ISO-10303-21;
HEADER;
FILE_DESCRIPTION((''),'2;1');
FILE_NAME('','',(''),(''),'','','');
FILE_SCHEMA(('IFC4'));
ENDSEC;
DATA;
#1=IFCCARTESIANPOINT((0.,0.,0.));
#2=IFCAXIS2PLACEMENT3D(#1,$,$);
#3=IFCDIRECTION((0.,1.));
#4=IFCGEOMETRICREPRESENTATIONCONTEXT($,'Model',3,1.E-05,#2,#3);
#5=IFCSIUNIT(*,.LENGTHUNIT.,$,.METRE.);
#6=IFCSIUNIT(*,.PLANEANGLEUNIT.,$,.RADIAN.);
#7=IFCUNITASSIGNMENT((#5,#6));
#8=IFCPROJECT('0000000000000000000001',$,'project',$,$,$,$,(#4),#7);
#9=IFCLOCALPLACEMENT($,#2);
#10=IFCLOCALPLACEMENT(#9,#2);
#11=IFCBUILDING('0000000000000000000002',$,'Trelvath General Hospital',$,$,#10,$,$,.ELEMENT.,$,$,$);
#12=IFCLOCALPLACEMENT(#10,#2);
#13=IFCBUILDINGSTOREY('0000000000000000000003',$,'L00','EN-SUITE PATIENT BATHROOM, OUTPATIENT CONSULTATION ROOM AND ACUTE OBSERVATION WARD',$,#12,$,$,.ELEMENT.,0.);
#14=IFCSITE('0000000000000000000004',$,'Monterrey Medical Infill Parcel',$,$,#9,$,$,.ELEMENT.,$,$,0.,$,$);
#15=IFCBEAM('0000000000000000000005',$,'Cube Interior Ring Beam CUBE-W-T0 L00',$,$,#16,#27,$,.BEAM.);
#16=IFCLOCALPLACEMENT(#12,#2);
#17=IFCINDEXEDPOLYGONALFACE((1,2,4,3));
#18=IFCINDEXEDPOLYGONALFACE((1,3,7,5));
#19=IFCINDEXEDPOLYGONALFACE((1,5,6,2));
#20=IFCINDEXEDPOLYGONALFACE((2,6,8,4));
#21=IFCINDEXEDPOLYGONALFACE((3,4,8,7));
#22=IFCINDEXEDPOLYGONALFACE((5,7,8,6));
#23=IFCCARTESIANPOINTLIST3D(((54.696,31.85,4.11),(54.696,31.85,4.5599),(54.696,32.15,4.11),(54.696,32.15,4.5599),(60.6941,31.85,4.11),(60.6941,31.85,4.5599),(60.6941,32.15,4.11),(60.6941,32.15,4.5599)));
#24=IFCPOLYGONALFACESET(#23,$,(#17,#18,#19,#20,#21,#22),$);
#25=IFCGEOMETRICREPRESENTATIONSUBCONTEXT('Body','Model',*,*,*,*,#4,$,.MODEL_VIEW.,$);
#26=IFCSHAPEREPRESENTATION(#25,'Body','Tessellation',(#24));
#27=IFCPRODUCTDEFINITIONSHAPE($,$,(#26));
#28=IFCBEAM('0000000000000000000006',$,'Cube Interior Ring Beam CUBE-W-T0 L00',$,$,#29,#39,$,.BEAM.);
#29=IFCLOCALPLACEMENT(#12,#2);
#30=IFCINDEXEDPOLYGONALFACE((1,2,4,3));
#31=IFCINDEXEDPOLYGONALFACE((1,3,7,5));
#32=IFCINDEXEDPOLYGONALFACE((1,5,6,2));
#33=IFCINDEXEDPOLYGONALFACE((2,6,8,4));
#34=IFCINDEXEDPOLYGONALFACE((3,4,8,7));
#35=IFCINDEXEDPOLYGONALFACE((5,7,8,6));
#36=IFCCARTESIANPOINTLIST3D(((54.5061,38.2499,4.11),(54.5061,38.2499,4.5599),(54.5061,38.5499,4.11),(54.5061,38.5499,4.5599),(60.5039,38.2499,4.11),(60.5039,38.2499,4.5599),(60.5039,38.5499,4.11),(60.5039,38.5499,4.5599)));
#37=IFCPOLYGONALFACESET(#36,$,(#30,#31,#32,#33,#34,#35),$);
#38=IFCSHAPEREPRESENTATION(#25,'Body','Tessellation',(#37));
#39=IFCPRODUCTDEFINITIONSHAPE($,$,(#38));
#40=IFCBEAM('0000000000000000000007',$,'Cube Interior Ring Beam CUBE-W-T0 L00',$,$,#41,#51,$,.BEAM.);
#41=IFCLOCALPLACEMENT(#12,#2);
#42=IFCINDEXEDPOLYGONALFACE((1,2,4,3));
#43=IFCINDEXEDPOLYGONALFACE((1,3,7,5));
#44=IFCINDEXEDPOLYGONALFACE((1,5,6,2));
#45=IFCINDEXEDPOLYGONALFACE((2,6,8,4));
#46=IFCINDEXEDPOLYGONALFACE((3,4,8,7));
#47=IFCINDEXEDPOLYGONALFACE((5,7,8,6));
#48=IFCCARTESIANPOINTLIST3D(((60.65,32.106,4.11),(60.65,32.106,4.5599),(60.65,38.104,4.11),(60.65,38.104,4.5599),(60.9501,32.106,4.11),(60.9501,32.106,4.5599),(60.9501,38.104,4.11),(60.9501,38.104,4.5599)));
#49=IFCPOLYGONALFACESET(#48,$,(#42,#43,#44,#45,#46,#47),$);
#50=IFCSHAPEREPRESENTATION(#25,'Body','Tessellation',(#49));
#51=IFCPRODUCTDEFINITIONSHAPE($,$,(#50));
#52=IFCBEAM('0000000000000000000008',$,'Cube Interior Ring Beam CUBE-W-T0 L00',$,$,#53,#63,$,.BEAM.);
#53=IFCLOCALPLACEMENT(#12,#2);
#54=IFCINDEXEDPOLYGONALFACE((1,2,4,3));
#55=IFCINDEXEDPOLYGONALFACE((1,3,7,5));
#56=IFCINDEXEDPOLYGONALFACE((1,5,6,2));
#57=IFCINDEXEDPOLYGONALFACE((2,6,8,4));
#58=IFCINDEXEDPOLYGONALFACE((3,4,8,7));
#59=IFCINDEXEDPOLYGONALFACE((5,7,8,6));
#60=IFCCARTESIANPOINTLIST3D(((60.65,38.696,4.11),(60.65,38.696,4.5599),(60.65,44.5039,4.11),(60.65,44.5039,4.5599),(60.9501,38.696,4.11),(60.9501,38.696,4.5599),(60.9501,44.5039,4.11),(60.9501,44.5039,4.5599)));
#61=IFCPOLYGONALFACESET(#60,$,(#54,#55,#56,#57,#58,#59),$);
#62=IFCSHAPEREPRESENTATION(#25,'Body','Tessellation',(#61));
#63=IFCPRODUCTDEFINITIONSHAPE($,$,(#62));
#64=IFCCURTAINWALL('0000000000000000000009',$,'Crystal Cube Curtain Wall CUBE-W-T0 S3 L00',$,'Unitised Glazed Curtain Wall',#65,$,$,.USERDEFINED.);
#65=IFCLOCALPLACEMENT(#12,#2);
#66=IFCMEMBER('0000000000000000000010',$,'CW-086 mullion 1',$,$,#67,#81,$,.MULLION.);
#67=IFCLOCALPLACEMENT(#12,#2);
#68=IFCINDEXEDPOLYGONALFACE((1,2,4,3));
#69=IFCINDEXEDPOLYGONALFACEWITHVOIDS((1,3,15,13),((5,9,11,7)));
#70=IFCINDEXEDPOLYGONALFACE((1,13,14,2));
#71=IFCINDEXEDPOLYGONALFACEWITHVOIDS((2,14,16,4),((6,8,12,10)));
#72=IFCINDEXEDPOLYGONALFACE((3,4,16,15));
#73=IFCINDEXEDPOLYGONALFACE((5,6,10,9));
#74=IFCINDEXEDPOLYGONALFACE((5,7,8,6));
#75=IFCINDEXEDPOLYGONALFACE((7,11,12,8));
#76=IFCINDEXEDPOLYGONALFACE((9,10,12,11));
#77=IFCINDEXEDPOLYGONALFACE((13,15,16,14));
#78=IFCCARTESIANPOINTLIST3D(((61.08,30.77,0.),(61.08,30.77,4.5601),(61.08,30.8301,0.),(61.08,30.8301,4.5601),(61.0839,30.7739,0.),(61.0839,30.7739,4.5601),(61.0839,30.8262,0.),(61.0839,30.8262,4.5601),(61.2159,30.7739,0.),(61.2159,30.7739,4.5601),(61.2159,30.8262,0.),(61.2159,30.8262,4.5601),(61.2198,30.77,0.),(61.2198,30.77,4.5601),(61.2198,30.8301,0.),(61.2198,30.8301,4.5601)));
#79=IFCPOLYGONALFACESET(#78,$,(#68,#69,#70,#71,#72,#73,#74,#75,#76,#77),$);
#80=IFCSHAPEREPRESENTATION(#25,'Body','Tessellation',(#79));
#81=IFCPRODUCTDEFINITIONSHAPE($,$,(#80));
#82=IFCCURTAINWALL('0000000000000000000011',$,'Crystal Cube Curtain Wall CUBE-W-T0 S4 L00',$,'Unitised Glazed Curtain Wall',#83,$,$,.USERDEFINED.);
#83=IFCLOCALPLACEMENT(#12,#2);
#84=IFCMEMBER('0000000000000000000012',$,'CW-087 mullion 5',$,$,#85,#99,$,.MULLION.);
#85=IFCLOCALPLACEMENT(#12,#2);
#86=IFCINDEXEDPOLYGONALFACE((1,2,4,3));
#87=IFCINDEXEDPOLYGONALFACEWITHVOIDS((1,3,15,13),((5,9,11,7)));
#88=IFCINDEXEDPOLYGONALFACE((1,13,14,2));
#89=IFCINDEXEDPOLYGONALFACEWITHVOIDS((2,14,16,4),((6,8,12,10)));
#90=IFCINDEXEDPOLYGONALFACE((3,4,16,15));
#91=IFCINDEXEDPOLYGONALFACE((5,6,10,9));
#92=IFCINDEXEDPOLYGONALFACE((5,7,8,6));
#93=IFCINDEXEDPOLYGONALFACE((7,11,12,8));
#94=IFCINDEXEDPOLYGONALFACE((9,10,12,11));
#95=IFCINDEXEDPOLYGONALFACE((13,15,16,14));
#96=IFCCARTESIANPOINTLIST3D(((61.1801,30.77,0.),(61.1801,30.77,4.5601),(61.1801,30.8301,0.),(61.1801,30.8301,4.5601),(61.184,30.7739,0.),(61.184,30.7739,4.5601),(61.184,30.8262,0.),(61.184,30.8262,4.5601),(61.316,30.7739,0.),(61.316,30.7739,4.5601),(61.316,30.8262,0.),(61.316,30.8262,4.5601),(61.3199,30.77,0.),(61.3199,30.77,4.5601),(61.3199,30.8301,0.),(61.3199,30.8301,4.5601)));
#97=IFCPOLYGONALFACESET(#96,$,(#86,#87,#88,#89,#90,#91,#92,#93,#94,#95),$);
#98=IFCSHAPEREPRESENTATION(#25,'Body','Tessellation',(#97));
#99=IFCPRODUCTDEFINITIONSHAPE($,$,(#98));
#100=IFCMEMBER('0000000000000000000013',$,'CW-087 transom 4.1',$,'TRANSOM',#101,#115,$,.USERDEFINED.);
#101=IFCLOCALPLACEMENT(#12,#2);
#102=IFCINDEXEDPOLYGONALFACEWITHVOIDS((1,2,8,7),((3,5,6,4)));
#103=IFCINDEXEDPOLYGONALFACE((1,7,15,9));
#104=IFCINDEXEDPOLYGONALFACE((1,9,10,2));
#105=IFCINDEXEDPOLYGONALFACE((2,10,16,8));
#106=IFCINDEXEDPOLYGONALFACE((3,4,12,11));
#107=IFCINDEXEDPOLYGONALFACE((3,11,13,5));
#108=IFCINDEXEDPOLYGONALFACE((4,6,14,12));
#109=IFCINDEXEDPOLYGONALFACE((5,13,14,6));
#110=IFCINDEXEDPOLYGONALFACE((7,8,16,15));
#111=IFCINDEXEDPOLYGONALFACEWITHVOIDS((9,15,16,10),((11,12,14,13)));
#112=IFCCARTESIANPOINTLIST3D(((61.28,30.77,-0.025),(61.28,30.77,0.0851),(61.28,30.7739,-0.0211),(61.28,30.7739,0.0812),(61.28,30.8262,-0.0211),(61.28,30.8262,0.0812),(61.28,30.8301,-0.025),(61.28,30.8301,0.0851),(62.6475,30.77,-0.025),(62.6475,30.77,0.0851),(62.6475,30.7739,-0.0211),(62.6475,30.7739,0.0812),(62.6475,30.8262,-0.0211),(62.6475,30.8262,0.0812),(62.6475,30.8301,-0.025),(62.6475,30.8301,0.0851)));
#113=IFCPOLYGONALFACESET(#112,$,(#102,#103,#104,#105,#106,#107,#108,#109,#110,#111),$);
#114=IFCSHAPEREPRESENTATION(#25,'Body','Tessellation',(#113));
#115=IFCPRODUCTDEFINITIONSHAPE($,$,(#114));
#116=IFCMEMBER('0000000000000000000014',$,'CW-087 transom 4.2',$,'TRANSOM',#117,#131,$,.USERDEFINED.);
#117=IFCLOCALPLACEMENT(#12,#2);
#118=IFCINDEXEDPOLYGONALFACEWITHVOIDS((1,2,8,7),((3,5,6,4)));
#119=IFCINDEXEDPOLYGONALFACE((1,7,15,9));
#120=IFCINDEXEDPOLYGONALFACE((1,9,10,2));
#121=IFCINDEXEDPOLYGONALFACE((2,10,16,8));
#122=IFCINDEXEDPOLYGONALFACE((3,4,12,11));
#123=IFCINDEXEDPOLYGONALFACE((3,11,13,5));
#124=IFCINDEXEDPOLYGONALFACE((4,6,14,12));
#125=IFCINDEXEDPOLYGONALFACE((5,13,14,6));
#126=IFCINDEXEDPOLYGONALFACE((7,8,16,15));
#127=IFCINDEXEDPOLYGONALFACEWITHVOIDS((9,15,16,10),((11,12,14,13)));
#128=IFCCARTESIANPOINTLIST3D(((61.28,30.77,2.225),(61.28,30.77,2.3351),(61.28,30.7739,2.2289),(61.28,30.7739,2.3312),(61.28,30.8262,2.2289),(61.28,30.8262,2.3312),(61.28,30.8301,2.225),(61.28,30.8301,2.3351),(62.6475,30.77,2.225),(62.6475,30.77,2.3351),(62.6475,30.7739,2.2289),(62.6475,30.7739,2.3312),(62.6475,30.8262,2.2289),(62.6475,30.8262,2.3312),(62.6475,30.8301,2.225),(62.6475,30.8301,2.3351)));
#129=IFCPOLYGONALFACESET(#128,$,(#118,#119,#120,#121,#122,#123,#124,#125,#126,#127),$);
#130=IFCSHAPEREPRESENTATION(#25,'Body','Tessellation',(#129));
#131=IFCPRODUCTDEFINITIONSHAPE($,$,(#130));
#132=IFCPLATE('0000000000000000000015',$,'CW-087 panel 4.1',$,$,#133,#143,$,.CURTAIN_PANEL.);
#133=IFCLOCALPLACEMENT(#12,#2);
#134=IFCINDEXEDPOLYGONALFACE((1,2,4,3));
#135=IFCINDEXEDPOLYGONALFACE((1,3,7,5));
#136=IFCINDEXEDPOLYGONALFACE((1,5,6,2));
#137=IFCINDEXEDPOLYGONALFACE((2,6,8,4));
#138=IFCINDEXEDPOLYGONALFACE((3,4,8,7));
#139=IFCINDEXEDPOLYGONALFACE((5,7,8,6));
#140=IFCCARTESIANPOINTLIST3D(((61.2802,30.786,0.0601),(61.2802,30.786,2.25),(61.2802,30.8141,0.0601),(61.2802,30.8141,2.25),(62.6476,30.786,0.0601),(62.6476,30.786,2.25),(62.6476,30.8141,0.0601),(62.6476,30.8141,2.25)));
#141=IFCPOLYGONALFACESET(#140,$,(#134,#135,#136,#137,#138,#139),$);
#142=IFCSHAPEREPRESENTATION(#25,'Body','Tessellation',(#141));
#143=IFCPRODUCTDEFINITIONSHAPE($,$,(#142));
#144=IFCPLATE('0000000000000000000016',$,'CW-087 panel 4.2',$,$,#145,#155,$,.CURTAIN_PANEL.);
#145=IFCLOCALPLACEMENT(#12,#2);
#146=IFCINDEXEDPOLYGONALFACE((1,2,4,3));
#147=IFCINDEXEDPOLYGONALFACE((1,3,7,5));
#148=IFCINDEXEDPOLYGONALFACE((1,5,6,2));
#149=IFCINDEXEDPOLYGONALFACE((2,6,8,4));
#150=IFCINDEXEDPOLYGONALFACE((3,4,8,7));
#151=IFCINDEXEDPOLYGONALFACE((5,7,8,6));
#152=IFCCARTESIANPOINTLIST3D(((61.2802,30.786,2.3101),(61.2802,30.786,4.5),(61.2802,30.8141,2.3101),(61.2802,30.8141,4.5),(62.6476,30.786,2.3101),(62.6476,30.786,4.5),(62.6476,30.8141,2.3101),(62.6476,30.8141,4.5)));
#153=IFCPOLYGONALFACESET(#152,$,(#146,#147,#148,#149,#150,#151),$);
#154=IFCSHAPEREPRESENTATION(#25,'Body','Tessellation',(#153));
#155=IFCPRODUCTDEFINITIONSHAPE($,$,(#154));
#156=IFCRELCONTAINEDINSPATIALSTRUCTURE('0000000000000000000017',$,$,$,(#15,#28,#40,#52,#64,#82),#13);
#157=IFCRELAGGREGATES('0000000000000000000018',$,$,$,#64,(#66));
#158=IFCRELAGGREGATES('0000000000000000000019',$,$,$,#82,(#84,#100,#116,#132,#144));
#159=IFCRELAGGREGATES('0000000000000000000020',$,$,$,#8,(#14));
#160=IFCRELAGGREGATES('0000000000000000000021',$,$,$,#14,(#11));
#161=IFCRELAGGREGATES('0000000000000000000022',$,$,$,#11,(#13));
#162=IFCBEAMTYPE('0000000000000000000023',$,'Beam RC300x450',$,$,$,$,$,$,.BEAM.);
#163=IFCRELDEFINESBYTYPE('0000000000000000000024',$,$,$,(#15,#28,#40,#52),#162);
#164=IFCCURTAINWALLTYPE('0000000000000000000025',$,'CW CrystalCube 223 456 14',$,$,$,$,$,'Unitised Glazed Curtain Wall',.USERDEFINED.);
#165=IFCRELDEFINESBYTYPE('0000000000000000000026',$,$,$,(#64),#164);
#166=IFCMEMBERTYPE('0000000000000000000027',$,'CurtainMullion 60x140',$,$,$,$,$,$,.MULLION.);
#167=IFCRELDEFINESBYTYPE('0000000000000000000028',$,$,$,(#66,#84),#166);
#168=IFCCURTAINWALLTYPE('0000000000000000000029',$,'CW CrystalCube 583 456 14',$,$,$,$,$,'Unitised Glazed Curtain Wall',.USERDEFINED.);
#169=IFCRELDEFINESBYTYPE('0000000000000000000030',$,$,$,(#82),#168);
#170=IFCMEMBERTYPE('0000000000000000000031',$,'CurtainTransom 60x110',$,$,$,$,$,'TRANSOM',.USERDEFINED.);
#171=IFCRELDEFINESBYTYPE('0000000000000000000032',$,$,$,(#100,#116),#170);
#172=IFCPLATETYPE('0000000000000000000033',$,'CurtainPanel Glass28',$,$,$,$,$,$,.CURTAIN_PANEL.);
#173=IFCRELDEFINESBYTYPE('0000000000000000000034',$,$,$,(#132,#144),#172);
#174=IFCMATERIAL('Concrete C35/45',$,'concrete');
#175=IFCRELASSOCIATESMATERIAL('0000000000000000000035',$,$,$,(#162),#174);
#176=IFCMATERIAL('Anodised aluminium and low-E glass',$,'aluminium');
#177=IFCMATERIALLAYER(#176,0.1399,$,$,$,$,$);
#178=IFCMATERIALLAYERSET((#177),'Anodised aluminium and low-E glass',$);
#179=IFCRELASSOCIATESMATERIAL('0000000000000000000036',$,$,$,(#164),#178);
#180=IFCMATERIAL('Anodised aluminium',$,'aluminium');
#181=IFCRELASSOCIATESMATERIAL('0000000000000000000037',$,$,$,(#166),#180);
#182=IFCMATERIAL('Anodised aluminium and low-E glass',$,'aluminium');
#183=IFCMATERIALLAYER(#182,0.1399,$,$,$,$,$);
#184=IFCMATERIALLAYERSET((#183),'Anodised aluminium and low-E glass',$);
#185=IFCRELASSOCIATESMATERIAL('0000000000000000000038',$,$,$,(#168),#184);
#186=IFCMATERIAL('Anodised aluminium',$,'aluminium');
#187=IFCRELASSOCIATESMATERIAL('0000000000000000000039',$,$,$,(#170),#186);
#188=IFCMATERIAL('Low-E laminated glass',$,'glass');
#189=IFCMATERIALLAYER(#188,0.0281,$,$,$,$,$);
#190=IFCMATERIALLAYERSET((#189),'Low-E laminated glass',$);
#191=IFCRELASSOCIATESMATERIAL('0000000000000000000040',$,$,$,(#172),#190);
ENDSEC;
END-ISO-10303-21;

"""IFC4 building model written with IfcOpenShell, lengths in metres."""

from ifc_helpers import new_model, si_unit, direction, frame, origin, origin_2d, place, context, subcontext, project, spatial, rectangle, hollow_rectangle, extrude, material, layer, layer_set, material_profile, profile_set, type_object, element, aggregate, save


model = new_model("IFC4")

# Units and contexts
model_context = context("Model", 3, precision=1e-05, world=origin(), true_north=direction((0.0, 1.0)))
body_context = subcontext(model_context, "Body", "Model", "MODEL_VIEW")
ifc_project = project(units=[si_unit("LENGTHUNIT", "METRE"), si_unit("PLANEANGLEUNIT", "RADIAN")], contexts=[model_context])

# Site, building, storey
site_placement = place(None, origin())
site = spatial("IfcSite", under=ifc_project, at=site_placement, Name="Monterrey Medical Infill Parcel", CompositionType="ELEMENT", RefElevation=0.0)
building_placement = place(site_placement, origin())
building = spatial("IfcBuilding", under=site, at=building_placement, Name="Trelvath General Hospital", CompositionType="ELEMENT")
storey_placement = place(building_placement, origin())
storey = spatial("IfcBuildingStorey", under=building, at=storey_placement, Name="L00", Description="EN-SUITE PATIENT BATHROOM, OUTPATIENT CONSULTATION ROOM AND ACUTE OBSERVATION WARD", CompositionType="ELEMENT", Elevation=0.0)

# Beams
ifc_material_1 = material(Name="Concrete C35/45", Category="concrete")
ifc_material_profile_1 = material_profile(ifc_material_1, rectangle(XDim=0.3, YDim=0.45, at=origin_2d()), Name="RCB300x450")
ifc_profile_set_1 = profile_set([ifc_material_profile_1], Name="Concrete C35/45")
beam_type = type_object("IfcBeamType", Name="Beam RC300x450", PredefinedType="BEAM", material=ifc_profile_set_1)
beam_1_placement = place(storey_placement, frame((54.696, 32.0, 4.335), z_axis=(1.0, 0.0, 0.0), x_axis=(0.0, 1.0, 0.0)))
element("IfcBeam", 1, at=beam_1_placement, inside=storey, type_object=beam_type, Name="Cube Interior Ring Beam CUBE-W-T0 L00", PredefinedType="BEAM", context=body_context, shape_type="SweptSolid", body=[
    extrude(rectangle(XDim=0.3, YDim=0.45, at=origin_2d()), origin(), (0.0, 0.0, 1.0), 5.998),
])
beam_2_placement = place(storey_placement, frame((54.5061, 38.3999, 4.335), z_axis=(1.0, 0.0, 0.0), x_axis=(0.0, 1.0, 0.0)))
element("IfcBeam", 2, at=beam_2_placement, inside=storey, type_object=beam_type, Name="Cube Interior Ring Beam CUBE-W-T0 L00", PredefinedType="BEAM", context=body_context, shape_type="SweptSolid", body=[
    extrude(rectangle(XDim=0.3, YDim=0.45, at=origin_2d()), origin(), (0.0, 0.0, 1.0), 5.9978),
])
beam_3_placement = place(storey_placement, frame((60.8, 32.106, 4.335), z_axis=(0.0, 1.0, 0.0), x_axis=(-1.0, 0.0, 0.0)))
element("IfcBeam", 3, at=beam_3_placement, inside=storey, type_object=beam_type, Name="Cube Interior Ring Beam CUBE-W-T0 L00", PredefinedType="BEAM", context=body_context, shape_type="SweptSolid", body=[
    extrude(rectangle(XDim=0.3, YDim=0.45, at=origin_2d()), origin(), (0.0, 0.0, 1.0), 5.998),
])
beam_4_placement = place(storey_placement, frame((60.8, 38.696, 4.335), z_axis=(0.0, 1.0, 0.0), x_axis=(-1.0, 0.0, 0.0)))
element("IfcBeam", 4, at=beam_4_placement, inside=storey, type_object=beam_type, Name="Cube Interior Ring Beam CUBE-W-T0 L00", PredefinedType="BEAM", context=body_context, shape_type="SweptSolid", body=[
    extrude(rectangle(XDim=0.3, YDim=0.45, at=origin_2d()), origin(), (0.0, 0.0, 1.0), 5.8079),
])

# Curtain wall, member
ifc_material_2 = material(Name="Anodised aluminium and low-E glass", Category="aluminium")
ifc_layer_1 = layer(ifc_material_2, 0.1399)
ifc_layer_set_1 = layer_set([ifc_layer_1], Name="Anodised aluminium and low-E glass")
curtain_wall_type_1 = type_object("IfcCurtainWallType", Name="CW CrystalCube 223 456 14", ElementType="Unitised Glazed Curtain Wall", PredefinedType="USERDEFINED", material=ifc_layer_set_1)
curtain_wall_1_placement = place(storey_placement, origin())
curtain_wall_1 = element("IfcCurtainWall", 5, at=curtain_wall_1_placement, inside=storey, type_object=curtain_wall_type_1, Name="Crystal Cube Curtain Wall CUBE-W-T0 S3 L00", ObjectType="Unitised Glazed Curtain Wall", PredefinedType="USERDEFINED")
ifc_material_3 = material(Name="Anodised aluminium", Category="aluminium")
ifc_material_profile_2 = material_profile(ifc_material_3, hollow_rectangle(XDim=0.0601, YDim=0.1399, WallThickness=0.0039, at=origin_2d()), Name="RHS60x140x4")
ifc_profile_set_2 = profile_set([ifc_material_profile_2], Name="Anodised aluminium")
member_type_1 = type_object("IfcMemberType", Name="CurtainMullion 60x140", PredefinedType="MULLION", material=ifc_profile_set_2)
member_1_placement = place(storey_placement, frame((61.1499, 30.8, 0.0), z_axis=(0.0, 0.0, 1.0), x_axis=(0.0, -1.0, 0.0)))
member_1 = element("IfcMember", 6, at=member_1_placement, type_object=member_type_1, Name="CW-086 mullion 1", PredefinedType="MULLION", context=body_context, shape_type="SweptSolid", body=[
    extrude(hollow_rectangle(XDim=0.0601, YDim=0.1399, WallThickness=0.0039, at=origin_2d()), origin(), (0.0, 0.0, 1.0), 4.5601),
])
aggregate(curtain_wall_1, [member_1])

# Curtain wall, members, plates
ifc_material_4 = material(Name="Anodised aluminium and low-E glass", Category="aluminium")
ifc_layer_2 = layer(ifc_material_4, 0.1399)
ifc_layer_set_2 = layer_set([ifc_layer_2], Name="Anodised aluminium and low-E glass")
curtain_wall_type_2 = type_object("IfcCurtainWallType", Name="CW CrystalCube 583 456 14", ElementType="Unitised Glazed Curtain Wall", PredefinedType="USERDEFINED", material=ifc_layer_set_2)
curtain_wall_2_placement = place(storey_placement, origin())
curtain_wall_2 = element("IfcCurtainWall", 7, at=curtain_wall_2_placement, inside=storey, type_object=curtain_wall_type_2, Name="Crystal Cube Curtain Wall CUBE-W-T0 S4 L00", ObjectType="Unitised Glazed Curtain Wall", PredefinedType="USERDEFINED")
member_2_placement = place(storey_placement, frame((61.25, 30.8, 0.0), z_axis=(0.0, 0.0, 1.0), x_axis=(0.0, -1.0, 0.0)))
member_2 = element("IfcMember", 8, at=member_2_placement, type_object=member_type_1, Name="CW-087 mullion 5", PredefinedType="MULLION", context=body_context, shape_type="SweptSolid", body=[
    extrude(hollow_rectangle(XDim=0.0601, YDim=0.1399, WallThickness=0.0039, at=origin_2d()), origin(), (0.0, 0.0, 1.0), 4.5601),
])
ifc_material_5 = material(Name="Anodised aluminium", Category="aluminium")
ifc_material_profile_3 = material_profile(ifc_material_5, hollow_rectangle(XDim=0.0601, YDim=0.1101, WallThickness=0.0039, at=origin_2d()), Name="RHS60x110x4")
ifc_profile_set_3 = profile_set([ifc_material_profile_3], Name="Anodised aluminium")
member_type_2 = type_object("IfcMemberType", Name="CurtainTransom 60x110", ElementType="TRANSOM", PredefinedType="USERDEFINED", material=ifc_profile_set_3)
member_3_placement = place(storey_placement, frame((62.6475, 30.8, 0.03), z_axis=(-1.0, 0.0, 0.0), x_axis=(0.0, -1.0, 0.0)))
member_3 = element("IfcMember", 9, at=member_3_placement, type_object=member_type_2, Name="CW-087 transom 4.1", ObjectType="TRANSOM", PredefinedType="USERDEFINED", context=body_context, shape_type="SweptSolid", body=[
    extrude(hollow_rectangle(XDim=0.0601, YDim=0.1101, WallThickness=0.0039, at=origin_2d()), origin(), (0.0, 0.0, 1.0), 1.3674),
])
member_4_placement = place(storey_placement, frame((62.6475, 30.8, 2.28), z_axis=(-1.0, 0.0, 0.0), x_axis=(0.0, -1.0, 0.0)))
member_4 = element("IfcMember", 10, at=member_4_placement, type_object=member_type_2, Name="CW-087 transom 4.2", ObjectType="TRANSOM", PredefinedType="USERDEFINED", context=body_context, shape_type="SweptSolid", body=[
    extrude(hollow_rectangle(XDim=0.0601, YDim=0.1101, WallThickness=0.0039, at=origin_2d()), origin(), (0.0, 0.0, 1.0), 1.3674),
])
ifc_material_6 = material(Name="Low-E laminated glass", Category="glass")
ifc_layer_3 = layer(ifc_material_6, 0.0281)
ifc_layer_set_3 = layer_set([ifc_layer_3], Name="Low-E laminated glass")
plate_type = type_object("IfcPlateType", Name="CurtainPanel Glass28", PredefinedType="CURTAIN_PANEL", material=ifc_layer_set_3)
plate_1_placement = place(storey_placement, frame((61.9639, 30.8, 0.0601), z_axis=(0.0, 0.0, 1.0), x_axis=(-1.0, 0.0, 0.0)))
plate_1 = element("IfcPlate", 11, at=plate_1_placement, type_object=plate_type, Name="CW-087 panel 4.1", PredefinedType="CURTAIN_PANEL", context=body_context, shape_type="SweptSolid", body=[
    extrude(rectangle(XDim=1.3674, YDim=0.0281, at=origin_2d()), origin(), (0.0, 0.0, 1.0), 2.1899),
])
plate_2_placement = place(storey_placement, frame((61.9639, 30.8, 2.3101), z_axis=(0.0, 0.0, 1.0), x_axis=(-1.0, 0.0, 0.0)))
plate_2 = element("IfcPlate", 12, at=plate_2_placement, type_object=plate_type, Name="CW-087 panel 4.2", PredefinedType="CURTAIN_PANEL", context=body_context, shape_type="SweptSolid", body=[
    extrude(rectangle(XDim=1.3674, YDim=0.0281, at=origin_2d()), origin(), (0.0, 0.0, 1.0), 2.1899),
])
aggregate(curtain_wall_2, [member_2, member_3, member_4, plate_1, plate_2])

save(model, "model.ifc")
